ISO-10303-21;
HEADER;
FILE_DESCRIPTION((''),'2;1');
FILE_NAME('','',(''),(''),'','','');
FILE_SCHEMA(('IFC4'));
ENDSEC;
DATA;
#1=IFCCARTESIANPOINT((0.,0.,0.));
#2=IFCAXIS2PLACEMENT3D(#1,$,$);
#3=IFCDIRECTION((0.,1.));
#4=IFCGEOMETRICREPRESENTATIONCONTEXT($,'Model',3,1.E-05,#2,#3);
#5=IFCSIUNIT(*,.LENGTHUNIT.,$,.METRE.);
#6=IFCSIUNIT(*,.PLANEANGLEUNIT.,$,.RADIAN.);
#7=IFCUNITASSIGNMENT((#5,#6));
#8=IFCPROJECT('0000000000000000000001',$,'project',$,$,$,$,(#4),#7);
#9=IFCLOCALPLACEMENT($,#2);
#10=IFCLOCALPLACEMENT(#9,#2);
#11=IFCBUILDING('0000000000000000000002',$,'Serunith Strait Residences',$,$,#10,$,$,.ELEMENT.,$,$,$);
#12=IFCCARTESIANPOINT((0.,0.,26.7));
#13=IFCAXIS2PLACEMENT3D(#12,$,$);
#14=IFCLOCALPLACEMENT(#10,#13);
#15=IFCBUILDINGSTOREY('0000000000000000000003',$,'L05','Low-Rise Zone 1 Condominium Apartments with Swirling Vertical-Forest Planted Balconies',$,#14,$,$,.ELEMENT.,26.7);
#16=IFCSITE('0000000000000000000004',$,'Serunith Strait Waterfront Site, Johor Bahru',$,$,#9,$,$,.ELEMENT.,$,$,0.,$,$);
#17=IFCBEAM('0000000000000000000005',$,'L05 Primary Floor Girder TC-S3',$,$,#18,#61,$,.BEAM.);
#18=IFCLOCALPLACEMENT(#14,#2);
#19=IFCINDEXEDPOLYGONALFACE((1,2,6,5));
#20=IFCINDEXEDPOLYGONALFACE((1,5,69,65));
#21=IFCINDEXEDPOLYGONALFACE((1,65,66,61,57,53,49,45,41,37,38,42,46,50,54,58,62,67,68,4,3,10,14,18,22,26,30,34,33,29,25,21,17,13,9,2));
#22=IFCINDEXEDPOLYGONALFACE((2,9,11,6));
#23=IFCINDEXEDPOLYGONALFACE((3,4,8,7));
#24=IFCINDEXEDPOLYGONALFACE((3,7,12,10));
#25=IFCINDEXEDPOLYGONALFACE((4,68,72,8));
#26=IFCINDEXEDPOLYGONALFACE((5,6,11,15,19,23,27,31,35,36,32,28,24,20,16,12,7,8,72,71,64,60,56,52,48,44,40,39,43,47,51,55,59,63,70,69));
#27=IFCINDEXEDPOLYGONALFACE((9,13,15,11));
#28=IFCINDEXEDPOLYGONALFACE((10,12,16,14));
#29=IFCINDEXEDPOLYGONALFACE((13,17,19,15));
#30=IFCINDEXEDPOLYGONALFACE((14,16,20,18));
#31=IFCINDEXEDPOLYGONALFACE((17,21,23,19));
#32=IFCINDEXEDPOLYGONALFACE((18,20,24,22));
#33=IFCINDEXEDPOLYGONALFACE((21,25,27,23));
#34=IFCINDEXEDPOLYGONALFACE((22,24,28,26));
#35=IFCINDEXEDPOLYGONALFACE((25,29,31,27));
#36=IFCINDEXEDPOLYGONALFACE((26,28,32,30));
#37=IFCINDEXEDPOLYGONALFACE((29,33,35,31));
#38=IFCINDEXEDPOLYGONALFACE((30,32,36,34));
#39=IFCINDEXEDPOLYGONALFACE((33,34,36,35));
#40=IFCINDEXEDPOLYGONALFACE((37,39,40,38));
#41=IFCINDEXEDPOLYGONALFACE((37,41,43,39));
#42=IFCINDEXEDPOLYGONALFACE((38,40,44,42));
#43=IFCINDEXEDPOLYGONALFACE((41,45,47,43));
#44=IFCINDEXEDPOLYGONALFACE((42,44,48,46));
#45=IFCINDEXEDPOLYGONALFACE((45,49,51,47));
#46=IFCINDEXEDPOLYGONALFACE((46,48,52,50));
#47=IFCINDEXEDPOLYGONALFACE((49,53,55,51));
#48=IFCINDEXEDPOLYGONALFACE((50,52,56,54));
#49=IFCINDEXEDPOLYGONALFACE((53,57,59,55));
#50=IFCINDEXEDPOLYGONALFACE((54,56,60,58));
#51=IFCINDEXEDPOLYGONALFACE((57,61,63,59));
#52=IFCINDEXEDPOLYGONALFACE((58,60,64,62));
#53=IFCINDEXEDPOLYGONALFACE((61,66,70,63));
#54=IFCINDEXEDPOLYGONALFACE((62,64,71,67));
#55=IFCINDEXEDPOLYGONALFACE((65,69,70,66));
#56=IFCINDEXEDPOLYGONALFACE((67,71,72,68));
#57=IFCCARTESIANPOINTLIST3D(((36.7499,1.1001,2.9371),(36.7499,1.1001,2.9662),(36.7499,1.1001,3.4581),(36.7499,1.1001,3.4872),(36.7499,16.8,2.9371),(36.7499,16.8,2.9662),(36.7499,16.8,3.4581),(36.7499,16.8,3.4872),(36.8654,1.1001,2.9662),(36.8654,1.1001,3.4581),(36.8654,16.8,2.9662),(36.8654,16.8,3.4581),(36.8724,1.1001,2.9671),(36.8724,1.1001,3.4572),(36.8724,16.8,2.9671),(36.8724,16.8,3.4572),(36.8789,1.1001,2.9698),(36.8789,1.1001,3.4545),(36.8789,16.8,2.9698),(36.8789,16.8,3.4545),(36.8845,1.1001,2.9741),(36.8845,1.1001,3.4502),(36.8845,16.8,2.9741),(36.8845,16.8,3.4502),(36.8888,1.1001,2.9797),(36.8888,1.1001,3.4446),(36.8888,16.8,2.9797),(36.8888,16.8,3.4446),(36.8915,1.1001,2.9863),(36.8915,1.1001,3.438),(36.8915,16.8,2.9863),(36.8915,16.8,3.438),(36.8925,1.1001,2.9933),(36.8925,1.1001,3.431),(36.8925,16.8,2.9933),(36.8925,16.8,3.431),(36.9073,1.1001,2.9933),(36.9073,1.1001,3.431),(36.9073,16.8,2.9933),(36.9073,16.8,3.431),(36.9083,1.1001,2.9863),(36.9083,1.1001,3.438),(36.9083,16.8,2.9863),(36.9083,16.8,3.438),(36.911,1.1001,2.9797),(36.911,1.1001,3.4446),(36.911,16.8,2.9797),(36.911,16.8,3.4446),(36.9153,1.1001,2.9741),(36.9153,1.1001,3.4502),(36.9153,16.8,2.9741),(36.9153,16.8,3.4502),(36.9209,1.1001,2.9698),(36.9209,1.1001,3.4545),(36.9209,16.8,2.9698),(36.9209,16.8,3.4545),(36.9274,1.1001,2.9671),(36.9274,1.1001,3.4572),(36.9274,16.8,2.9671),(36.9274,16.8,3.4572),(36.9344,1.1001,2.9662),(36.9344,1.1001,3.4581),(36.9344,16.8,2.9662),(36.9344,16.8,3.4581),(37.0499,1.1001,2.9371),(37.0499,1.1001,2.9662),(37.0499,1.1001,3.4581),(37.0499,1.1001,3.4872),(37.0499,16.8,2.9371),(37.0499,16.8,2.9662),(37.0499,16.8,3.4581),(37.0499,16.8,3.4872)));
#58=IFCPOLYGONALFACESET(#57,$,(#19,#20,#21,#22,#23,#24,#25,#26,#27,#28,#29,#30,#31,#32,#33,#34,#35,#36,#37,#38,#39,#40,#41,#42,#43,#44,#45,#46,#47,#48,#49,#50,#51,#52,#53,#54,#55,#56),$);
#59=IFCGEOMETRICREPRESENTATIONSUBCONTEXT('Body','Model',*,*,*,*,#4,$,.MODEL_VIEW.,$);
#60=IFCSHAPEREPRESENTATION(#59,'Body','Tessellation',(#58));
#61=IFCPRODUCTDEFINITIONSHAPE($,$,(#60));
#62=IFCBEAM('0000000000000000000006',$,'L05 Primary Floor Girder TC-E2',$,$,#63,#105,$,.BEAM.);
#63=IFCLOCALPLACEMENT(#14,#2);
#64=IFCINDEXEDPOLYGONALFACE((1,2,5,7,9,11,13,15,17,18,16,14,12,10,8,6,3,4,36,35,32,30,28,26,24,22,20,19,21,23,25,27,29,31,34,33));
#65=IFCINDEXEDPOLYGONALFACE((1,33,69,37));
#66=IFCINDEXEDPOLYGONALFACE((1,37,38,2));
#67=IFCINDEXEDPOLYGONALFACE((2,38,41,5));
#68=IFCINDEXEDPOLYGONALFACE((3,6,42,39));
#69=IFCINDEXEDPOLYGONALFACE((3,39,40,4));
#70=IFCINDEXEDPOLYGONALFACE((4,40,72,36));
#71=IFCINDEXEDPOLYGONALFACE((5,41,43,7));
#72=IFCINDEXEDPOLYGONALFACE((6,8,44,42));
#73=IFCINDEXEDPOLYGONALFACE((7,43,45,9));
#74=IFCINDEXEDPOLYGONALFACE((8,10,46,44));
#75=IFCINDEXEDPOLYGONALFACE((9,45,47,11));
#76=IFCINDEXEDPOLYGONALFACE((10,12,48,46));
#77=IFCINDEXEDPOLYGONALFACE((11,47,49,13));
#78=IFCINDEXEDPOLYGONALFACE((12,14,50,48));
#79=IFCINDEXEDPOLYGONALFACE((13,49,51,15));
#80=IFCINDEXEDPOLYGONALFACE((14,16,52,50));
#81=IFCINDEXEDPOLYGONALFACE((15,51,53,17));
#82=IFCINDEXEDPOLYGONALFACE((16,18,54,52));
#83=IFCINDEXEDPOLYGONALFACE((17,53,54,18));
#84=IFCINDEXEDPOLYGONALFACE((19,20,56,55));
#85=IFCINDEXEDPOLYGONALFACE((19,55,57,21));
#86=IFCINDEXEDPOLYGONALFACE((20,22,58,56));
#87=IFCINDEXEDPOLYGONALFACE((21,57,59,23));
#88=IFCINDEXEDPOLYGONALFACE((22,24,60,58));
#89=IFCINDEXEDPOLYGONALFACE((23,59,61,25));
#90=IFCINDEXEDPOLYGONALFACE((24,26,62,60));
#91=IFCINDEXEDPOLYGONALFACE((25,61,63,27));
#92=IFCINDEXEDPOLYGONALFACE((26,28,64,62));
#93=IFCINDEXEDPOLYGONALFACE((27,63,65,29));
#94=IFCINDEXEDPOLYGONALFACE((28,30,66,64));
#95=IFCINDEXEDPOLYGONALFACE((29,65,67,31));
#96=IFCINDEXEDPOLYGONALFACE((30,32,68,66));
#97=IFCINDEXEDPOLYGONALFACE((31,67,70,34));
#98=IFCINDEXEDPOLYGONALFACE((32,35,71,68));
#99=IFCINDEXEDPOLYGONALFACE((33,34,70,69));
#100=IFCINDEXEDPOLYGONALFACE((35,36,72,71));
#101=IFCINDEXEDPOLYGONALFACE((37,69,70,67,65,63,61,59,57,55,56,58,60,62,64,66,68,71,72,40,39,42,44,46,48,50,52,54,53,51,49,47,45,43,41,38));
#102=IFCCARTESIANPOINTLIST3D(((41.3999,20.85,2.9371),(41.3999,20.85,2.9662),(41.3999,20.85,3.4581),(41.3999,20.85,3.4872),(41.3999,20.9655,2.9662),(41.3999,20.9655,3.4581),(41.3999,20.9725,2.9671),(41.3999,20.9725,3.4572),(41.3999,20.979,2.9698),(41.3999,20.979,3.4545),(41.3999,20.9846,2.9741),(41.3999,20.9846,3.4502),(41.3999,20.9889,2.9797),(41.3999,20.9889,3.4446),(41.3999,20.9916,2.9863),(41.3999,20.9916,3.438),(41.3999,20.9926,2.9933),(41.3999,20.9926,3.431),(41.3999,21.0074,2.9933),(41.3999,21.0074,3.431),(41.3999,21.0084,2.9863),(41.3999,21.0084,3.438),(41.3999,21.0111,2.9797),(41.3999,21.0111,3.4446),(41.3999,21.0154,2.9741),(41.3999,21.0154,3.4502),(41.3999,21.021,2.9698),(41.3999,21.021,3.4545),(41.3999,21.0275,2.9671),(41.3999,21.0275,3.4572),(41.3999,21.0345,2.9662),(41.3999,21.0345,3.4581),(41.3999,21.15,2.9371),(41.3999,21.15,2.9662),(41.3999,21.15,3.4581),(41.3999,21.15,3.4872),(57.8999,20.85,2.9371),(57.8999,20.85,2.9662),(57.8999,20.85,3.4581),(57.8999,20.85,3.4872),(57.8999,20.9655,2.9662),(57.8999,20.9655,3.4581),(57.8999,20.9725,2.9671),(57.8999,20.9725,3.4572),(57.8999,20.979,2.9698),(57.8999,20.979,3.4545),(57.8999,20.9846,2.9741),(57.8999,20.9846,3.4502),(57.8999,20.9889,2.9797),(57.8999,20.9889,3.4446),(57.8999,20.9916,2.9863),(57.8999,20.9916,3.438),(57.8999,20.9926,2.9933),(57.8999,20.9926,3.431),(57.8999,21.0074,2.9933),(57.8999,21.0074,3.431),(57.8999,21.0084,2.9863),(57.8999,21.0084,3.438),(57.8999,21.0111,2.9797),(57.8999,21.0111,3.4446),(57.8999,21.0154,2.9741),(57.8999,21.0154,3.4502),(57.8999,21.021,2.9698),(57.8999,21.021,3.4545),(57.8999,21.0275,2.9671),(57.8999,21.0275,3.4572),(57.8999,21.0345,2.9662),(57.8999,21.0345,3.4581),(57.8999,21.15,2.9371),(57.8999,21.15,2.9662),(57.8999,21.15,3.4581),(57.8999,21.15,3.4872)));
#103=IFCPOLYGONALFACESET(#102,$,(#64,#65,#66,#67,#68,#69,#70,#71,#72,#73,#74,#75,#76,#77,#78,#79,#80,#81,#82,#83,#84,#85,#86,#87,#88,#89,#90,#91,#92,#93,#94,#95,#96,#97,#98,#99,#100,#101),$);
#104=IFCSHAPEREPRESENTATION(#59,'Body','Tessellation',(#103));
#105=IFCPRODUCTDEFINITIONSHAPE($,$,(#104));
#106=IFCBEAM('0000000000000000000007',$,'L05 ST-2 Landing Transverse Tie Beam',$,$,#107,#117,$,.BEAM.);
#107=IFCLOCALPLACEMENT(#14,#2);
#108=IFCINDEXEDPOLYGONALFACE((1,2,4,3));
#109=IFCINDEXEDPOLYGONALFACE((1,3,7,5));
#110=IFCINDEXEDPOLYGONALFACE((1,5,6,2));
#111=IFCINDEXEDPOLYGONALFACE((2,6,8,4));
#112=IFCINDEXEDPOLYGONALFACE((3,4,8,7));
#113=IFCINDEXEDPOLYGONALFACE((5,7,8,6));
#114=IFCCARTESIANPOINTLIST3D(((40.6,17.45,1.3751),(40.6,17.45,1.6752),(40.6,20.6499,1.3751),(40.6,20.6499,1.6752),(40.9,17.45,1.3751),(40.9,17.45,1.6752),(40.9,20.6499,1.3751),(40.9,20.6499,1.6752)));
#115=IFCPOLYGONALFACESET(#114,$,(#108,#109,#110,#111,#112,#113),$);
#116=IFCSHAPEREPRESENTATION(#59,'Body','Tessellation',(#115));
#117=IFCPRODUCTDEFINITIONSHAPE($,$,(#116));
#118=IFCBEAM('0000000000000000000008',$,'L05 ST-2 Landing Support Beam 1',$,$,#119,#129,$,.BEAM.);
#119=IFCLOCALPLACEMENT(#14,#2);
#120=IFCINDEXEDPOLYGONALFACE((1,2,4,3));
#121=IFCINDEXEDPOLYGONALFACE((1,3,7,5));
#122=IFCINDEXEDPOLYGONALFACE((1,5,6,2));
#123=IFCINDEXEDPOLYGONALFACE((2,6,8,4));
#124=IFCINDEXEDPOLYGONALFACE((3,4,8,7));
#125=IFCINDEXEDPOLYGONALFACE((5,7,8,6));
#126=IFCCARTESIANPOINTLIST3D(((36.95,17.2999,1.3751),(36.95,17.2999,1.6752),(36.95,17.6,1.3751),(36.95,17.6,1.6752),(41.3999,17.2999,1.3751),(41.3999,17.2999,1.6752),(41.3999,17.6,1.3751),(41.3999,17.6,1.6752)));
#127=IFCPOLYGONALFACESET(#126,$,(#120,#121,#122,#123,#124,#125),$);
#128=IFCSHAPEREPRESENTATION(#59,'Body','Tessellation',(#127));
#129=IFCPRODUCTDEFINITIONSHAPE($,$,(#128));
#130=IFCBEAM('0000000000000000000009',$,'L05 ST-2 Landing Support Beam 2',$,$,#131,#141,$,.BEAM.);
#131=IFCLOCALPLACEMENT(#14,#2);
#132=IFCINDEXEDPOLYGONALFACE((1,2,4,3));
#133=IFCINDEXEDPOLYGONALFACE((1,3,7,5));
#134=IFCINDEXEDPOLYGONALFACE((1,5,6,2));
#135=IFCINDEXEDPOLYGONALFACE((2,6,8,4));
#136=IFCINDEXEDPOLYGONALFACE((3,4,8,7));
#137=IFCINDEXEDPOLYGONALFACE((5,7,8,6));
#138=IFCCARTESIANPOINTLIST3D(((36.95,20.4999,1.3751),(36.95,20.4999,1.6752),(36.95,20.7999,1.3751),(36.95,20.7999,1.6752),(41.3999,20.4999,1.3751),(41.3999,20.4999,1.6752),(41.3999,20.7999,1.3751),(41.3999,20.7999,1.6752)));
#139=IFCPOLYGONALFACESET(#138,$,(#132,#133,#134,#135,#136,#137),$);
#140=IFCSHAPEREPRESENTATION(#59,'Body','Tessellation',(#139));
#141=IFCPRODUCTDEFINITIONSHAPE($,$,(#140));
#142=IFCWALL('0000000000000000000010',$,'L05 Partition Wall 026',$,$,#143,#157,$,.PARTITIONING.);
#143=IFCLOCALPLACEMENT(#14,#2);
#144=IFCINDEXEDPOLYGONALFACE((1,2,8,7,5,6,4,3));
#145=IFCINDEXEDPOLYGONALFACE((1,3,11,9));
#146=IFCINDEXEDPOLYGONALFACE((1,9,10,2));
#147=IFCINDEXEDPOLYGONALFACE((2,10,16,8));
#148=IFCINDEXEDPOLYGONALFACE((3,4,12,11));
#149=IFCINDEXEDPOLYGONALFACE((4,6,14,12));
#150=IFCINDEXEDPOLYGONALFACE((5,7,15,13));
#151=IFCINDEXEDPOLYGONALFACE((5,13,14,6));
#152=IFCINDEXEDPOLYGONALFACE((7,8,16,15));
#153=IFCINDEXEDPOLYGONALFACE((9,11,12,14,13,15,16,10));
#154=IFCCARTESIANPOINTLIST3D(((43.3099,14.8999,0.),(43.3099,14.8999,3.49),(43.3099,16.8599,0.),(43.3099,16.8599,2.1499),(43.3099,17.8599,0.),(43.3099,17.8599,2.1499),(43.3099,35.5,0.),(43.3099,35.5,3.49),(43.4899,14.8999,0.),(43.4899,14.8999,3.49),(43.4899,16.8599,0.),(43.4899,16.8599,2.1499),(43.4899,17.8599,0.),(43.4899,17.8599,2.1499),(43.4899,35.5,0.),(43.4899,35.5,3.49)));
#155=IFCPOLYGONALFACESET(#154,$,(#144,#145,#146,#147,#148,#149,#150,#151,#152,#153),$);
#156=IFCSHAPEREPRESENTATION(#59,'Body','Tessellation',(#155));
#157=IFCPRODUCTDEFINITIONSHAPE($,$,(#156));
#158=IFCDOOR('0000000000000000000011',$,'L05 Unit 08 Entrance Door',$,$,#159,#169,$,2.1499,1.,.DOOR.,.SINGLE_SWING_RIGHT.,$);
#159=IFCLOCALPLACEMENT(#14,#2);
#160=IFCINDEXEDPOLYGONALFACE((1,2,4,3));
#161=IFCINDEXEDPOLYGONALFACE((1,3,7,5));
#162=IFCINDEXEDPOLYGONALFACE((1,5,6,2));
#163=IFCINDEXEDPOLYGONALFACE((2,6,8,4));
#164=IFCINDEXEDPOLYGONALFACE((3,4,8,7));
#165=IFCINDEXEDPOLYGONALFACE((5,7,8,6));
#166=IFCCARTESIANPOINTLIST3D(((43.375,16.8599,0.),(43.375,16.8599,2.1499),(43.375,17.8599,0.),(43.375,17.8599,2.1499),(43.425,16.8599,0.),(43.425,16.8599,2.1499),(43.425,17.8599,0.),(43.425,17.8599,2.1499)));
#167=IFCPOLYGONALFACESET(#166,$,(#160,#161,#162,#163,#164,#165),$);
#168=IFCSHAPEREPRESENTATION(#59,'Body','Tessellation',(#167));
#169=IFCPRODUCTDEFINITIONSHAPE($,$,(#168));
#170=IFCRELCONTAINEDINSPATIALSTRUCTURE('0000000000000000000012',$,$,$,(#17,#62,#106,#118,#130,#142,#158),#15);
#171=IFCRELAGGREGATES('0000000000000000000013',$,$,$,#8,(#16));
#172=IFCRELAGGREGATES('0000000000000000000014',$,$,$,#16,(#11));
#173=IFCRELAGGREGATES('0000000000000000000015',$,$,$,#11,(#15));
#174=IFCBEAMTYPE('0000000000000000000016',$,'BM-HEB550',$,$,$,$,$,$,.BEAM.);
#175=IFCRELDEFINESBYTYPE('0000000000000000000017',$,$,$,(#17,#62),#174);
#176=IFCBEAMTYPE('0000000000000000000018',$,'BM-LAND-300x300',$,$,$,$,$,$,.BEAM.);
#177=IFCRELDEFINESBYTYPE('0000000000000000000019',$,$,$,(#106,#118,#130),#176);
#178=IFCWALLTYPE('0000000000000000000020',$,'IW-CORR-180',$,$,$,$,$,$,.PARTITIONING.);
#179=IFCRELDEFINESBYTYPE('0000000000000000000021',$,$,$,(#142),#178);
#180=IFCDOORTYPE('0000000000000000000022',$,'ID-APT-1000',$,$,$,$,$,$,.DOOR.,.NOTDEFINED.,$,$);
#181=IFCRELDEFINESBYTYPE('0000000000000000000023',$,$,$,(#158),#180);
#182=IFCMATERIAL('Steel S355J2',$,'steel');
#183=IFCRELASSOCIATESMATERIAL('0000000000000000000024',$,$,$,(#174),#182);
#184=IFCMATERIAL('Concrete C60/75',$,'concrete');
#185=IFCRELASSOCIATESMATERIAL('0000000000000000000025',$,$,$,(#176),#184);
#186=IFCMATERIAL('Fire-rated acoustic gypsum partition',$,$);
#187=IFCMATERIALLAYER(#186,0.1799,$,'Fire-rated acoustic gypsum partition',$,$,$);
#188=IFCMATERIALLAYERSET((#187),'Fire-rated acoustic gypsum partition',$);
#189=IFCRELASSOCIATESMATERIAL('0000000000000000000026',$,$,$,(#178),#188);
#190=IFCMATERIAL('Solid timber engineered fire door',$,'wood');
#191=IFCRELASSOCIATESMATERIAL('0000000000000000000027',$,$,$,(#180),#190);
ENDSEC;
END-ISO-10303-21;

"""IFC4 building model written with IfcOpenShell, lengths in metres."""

from ifc_helpers import new_model, si_unit, direction, frame, frame_2d, origin, origin_2d, place, context, subcontext, project, spatial, rectangle, i_section, extrude, source, transform, mapped, material, layer, layer_set, material_profile, profile_set, type_object, element, fill, save


model = new_model("IFC4")

# Units and contexts
model_context = context("Model", 3, precision=1e-05, world=origin(), true_north=direction((0.0, 1.0)))
body_context = subcontext(model_context, "Body", "Model", "MODEL_VIEW")
ifc_project = project(units=[si_unit("LENGTHUNIT", "METRE"), si_unit("PLANEANGLEUNIT", "RADIAN")], contexts=[model_context])

# Site, building, storey
site_placement = place(None, origin())
site = spatial("IfcSite", under=ifc_project, at=site_placement, Name="Serunith Strait Waterfront Site, Johor Bahru", CompositionType="ELEMENT", RefElevation=0.0)
building_placement = place(site_placement, origin())
building = spatial("IfcBuilding", under=site, at=building_placement, Name="Serunith Strait Residences", CompositionType="ELEMENT")
storey_placement = place(building_placement, frame((0.0, 0.0, 26.7)))
storey = spatial("IfcBuildingStorey", under=building, at=storey_placement, Name="L05", Description="Low-Rise Zone 1 Condominium Apartments with Swirling Vertical-Forest Planted Balconies", CompositionType="ELEMENT", Elevation=26.7)

# Beams
ifc_material_1 = material(Name="Steel S355J2", Category="steel")
ifc_material_profile_1 = material_profile(ifc_material_1, i_section(OverallWidth=0.3, OverallDepth=0.55, WebThickness=0.0149, FlangeThickness=0.0291, FilletRadius=0.0271, at=origin_2d()), Name="HEB 550")
ifc_profile_set_1 = profile_set([ifc_material_profile_1], Name="Steel S355J2")
beam_type_1 = type_object("IfcBeamType", Name="BM-HEB550", PredefinedType="BEAM", material=ifc_profile_set_1)
shared_shape_1 = source(origin(), body_context, "Body", "SweptSolid", [
    extrude(i_section(OverallWidth=0.3, OverallDepth=0.55, WebThickness=0.0149, FlangeThickness=0.0291, FilletRadius=0.0271, at=origin_2d()), origin(), (0.0, 0.0, 1.0), 15.7),
])
beam_1_placement = place(storey_placement, frame((36.8999, 16.8, 3.2122), z_axis=(0.0, -1.0, 0.0), x_axis=(1.0, 0.0, 0.0)))
element("IfcBeam", 1, at=beam_1_placement, inside=storey, type_object=beam_type_1, Name="L05 Primary Floor Girder TC-S3", PredefinedType="BEAM", context=body_context, shape_type="MappedRepresentation", body=[
    mapped(shared_shape_1, transform((0.0, 0.0, 0.0), scale=1.0)),
])
shared_shape_2 = source(origin(), body_context, "Body", "SweptSolid", [
    extrude(i_section(OverallWidth=0.3, OverallDepth=0.55, WebThickness=0.0149, FlangeThickness=0.0291, FilletRadius=0.0271, at=origin_2d()), origin(), (0.0, 0.0, 1.0), 16.5),
])
beam_2_placement = place(storey_placement, frame((41.3999, 21.0, 3.2122), z_axis=(1.0, 0.0, 0.0), x_axis=(0.0, 1.0, 0.0)))
element("IfcBeam", 2, at=beam_2_placement, inside=storey, type_object=beam_type_1, Name="L05 Primary Floor Girder TC-E2", PredefinedType="BEAM", context=body_context, shape_type="MappedRepresentation", body=[
    mapped(shared_shape_2, transform((0.0, 0.0, 0.0), scale=1.0)),
])
ifc_material_2 = material(Name="Concrete C60/75", Category="concrete")
ifc_material_profile_2 = material_profile(ifc_material_2, rectangle(XDim=0.3, YDim=0.3, at=origin_2d()), Name="RC 300x300")
ifc_profile_set_2 = profile_set([ifc_material_profile_2], Name="Concrete C60/75")
beam_type_2 = type_object("IfcBeamType", Name="BM-LAND-300x300", PredefinedType="BEAM", material=ifc_profile_set_2)
shared_shape_3 = source(origin(), body_context, "Body", "SweptSolid", [
    extrude(rectangle(XDim=0.3, YDim=0.3, at=origin_2d()), origin(), (0.0, 0.0, 1.0), 3.2),
])
beam_3_placement = place(storey_placement, frame((40.75, 17.45, 1.5251), z_axis=(0.0, 1.0, 0.0), x_axis=(-1.0, 0.0, 0.0)))
element("IfcBeam", 3, at=beam_3_placement, inside=storey, type_object=beam_type_2, Name="L05 ST-2 Landing Transverse Tie Beam", PredefinedType="BEAM", context=body_context, shape_type="MappedRepresentation", body=[
    mapped(shared_shape_3, transform((0.0, 0.0, 0.0), scale=1.0)),
])
shared_shape_4 = source(origin(), body_context, "Body", "SweptSolid", [
    extrude(rectangle(XDim=0.3, YDim=0.3, at=origin_2d()), origin(), (0.0, 0.0, 1.0), 4.45),
])
for number, where, z_axis, x_axis, name in (
    (4, (36.95, 17.45, 1.5251), (1.0, 0.0, 0.0), (0.0, 1.0, 0.0), "L05 ST-2 Landing Support Beam 1"),
    (5, (36.95, 20.6499, 1.5251), (1.0, 0.0, 0.0), (0.0, 1.0, 0.0), "L05 ST-2 Landing Support Beam 2"),
):
    element("IfcBeam", number, at=place(storey_placement, frame(where, z_axis=z_axis, x_axis=x_axis)), inside=storey, type_object=beam_type_2, Name=name, PredefinedType="BEAM", context=body_context, shape_type="MappedRepresentation", body=[
        mapped(shared_shape_4, transform((0.0, 0.0, 0.0), scale=1.0)),
    ])

# Wall, opening, door
ifc_material_3 = material(Name="Fire-rated acoustic gypsum partition")
ifc_layer_1 = layer(ifc_material_3, 0.1799, Name="Fire-rated acoustic gypsum partition")
ifc_layer_set_1 = layer_set([ifc_layer_1], Name="Fire-rated acoustic gypsum partition")
wall_type_1 = type_object("IfcWallType", Name="IW-CORR-180", PredefinedType="PARTITIONING", material=ifc_layer_set_1)
wall_1_placement = place(storey_placement, frame((43.3999, 14.8999, 0.0), z_axis=(0.0, 0.0, 1.0), x_axis=(0.0, 1.0, 0.0)))
wall_1 = element("IfcWall", 6, at=wall_1_placement, inside=storey, type_object=wall_type_1, Name="L05 Partition Wall 026", PredefinedType="PARTITIONING", context=body_context, shape_type="SweptSolid", body=[
    extrude(rectangle(XDim=20.6001, YDim=0.1799, at=frame_2d((10.3, 0.0))), origin(), (0.0, 0.0, 1.0), 3.49),
])
opening_1_placement = place(wall_1_placement, frame((1.96, 0.0, 0.0)))
opening_1 = element("IfcOpeningElement", 7, at=opening_1_placement, cuts=wall_1, PredefinedType="OPENING", context=body_context, shape_type="SweptSolid", body=[
    extrude(rectangle(XDim=1.0, YDim=2.1499, at=frame_2d((0.5, 1.075))), frame((0.0, 0.1001, 0.0), z_axis=(0.0, -1.0, 0.0), x_axis=(1.0, 0.0, 0.0)), (0.0, 0.0, 1.0), 0.2),
])
ifc_material_4 = material(Name="Solid timber engineered fire door", Category="wood")
door_type_1 = type_object("IfcDoorType", Name="ID-APT-1000", OperationType="NOTDEFINED", PredefinedType="DOOR", material=ifc_material_4)
shared_shape_5 = source(origin(), body_context, "Body", "SweptSolid", [
    extrude(rectangle(XDim=1.0, YDim=2.1499, at=frame_2d((0.5, 1.075))), frame((0.0, 0.0249, 0.0), z_axis=(0.0, -1.0, 0.0), x_axis=(1.0, 0.0, 0.0)), (0.0, 0.0, 1.0), 0.05),
])
door_1_placement = place(opening_1_placement, origin())
door_1 = element("IfcDoor", 8, at=door_1_placement, inside=storey, type_object=door_type_1, Name="L05 Unit 08 Entrance Door", OperationType="SINGLE_SWING_RIGHT", OverallHeight=2.1499, OverallWidth=1.0, PredefinedType="DOOR", context=body_context, shape_type="MappedRepresentation", body=[
    mapped(shared_shape_5, transform((0.0, 0.0, 0.0), scale=1.0)),
])
fill(opening_1, door_1)

save(model, "model.ifc")
